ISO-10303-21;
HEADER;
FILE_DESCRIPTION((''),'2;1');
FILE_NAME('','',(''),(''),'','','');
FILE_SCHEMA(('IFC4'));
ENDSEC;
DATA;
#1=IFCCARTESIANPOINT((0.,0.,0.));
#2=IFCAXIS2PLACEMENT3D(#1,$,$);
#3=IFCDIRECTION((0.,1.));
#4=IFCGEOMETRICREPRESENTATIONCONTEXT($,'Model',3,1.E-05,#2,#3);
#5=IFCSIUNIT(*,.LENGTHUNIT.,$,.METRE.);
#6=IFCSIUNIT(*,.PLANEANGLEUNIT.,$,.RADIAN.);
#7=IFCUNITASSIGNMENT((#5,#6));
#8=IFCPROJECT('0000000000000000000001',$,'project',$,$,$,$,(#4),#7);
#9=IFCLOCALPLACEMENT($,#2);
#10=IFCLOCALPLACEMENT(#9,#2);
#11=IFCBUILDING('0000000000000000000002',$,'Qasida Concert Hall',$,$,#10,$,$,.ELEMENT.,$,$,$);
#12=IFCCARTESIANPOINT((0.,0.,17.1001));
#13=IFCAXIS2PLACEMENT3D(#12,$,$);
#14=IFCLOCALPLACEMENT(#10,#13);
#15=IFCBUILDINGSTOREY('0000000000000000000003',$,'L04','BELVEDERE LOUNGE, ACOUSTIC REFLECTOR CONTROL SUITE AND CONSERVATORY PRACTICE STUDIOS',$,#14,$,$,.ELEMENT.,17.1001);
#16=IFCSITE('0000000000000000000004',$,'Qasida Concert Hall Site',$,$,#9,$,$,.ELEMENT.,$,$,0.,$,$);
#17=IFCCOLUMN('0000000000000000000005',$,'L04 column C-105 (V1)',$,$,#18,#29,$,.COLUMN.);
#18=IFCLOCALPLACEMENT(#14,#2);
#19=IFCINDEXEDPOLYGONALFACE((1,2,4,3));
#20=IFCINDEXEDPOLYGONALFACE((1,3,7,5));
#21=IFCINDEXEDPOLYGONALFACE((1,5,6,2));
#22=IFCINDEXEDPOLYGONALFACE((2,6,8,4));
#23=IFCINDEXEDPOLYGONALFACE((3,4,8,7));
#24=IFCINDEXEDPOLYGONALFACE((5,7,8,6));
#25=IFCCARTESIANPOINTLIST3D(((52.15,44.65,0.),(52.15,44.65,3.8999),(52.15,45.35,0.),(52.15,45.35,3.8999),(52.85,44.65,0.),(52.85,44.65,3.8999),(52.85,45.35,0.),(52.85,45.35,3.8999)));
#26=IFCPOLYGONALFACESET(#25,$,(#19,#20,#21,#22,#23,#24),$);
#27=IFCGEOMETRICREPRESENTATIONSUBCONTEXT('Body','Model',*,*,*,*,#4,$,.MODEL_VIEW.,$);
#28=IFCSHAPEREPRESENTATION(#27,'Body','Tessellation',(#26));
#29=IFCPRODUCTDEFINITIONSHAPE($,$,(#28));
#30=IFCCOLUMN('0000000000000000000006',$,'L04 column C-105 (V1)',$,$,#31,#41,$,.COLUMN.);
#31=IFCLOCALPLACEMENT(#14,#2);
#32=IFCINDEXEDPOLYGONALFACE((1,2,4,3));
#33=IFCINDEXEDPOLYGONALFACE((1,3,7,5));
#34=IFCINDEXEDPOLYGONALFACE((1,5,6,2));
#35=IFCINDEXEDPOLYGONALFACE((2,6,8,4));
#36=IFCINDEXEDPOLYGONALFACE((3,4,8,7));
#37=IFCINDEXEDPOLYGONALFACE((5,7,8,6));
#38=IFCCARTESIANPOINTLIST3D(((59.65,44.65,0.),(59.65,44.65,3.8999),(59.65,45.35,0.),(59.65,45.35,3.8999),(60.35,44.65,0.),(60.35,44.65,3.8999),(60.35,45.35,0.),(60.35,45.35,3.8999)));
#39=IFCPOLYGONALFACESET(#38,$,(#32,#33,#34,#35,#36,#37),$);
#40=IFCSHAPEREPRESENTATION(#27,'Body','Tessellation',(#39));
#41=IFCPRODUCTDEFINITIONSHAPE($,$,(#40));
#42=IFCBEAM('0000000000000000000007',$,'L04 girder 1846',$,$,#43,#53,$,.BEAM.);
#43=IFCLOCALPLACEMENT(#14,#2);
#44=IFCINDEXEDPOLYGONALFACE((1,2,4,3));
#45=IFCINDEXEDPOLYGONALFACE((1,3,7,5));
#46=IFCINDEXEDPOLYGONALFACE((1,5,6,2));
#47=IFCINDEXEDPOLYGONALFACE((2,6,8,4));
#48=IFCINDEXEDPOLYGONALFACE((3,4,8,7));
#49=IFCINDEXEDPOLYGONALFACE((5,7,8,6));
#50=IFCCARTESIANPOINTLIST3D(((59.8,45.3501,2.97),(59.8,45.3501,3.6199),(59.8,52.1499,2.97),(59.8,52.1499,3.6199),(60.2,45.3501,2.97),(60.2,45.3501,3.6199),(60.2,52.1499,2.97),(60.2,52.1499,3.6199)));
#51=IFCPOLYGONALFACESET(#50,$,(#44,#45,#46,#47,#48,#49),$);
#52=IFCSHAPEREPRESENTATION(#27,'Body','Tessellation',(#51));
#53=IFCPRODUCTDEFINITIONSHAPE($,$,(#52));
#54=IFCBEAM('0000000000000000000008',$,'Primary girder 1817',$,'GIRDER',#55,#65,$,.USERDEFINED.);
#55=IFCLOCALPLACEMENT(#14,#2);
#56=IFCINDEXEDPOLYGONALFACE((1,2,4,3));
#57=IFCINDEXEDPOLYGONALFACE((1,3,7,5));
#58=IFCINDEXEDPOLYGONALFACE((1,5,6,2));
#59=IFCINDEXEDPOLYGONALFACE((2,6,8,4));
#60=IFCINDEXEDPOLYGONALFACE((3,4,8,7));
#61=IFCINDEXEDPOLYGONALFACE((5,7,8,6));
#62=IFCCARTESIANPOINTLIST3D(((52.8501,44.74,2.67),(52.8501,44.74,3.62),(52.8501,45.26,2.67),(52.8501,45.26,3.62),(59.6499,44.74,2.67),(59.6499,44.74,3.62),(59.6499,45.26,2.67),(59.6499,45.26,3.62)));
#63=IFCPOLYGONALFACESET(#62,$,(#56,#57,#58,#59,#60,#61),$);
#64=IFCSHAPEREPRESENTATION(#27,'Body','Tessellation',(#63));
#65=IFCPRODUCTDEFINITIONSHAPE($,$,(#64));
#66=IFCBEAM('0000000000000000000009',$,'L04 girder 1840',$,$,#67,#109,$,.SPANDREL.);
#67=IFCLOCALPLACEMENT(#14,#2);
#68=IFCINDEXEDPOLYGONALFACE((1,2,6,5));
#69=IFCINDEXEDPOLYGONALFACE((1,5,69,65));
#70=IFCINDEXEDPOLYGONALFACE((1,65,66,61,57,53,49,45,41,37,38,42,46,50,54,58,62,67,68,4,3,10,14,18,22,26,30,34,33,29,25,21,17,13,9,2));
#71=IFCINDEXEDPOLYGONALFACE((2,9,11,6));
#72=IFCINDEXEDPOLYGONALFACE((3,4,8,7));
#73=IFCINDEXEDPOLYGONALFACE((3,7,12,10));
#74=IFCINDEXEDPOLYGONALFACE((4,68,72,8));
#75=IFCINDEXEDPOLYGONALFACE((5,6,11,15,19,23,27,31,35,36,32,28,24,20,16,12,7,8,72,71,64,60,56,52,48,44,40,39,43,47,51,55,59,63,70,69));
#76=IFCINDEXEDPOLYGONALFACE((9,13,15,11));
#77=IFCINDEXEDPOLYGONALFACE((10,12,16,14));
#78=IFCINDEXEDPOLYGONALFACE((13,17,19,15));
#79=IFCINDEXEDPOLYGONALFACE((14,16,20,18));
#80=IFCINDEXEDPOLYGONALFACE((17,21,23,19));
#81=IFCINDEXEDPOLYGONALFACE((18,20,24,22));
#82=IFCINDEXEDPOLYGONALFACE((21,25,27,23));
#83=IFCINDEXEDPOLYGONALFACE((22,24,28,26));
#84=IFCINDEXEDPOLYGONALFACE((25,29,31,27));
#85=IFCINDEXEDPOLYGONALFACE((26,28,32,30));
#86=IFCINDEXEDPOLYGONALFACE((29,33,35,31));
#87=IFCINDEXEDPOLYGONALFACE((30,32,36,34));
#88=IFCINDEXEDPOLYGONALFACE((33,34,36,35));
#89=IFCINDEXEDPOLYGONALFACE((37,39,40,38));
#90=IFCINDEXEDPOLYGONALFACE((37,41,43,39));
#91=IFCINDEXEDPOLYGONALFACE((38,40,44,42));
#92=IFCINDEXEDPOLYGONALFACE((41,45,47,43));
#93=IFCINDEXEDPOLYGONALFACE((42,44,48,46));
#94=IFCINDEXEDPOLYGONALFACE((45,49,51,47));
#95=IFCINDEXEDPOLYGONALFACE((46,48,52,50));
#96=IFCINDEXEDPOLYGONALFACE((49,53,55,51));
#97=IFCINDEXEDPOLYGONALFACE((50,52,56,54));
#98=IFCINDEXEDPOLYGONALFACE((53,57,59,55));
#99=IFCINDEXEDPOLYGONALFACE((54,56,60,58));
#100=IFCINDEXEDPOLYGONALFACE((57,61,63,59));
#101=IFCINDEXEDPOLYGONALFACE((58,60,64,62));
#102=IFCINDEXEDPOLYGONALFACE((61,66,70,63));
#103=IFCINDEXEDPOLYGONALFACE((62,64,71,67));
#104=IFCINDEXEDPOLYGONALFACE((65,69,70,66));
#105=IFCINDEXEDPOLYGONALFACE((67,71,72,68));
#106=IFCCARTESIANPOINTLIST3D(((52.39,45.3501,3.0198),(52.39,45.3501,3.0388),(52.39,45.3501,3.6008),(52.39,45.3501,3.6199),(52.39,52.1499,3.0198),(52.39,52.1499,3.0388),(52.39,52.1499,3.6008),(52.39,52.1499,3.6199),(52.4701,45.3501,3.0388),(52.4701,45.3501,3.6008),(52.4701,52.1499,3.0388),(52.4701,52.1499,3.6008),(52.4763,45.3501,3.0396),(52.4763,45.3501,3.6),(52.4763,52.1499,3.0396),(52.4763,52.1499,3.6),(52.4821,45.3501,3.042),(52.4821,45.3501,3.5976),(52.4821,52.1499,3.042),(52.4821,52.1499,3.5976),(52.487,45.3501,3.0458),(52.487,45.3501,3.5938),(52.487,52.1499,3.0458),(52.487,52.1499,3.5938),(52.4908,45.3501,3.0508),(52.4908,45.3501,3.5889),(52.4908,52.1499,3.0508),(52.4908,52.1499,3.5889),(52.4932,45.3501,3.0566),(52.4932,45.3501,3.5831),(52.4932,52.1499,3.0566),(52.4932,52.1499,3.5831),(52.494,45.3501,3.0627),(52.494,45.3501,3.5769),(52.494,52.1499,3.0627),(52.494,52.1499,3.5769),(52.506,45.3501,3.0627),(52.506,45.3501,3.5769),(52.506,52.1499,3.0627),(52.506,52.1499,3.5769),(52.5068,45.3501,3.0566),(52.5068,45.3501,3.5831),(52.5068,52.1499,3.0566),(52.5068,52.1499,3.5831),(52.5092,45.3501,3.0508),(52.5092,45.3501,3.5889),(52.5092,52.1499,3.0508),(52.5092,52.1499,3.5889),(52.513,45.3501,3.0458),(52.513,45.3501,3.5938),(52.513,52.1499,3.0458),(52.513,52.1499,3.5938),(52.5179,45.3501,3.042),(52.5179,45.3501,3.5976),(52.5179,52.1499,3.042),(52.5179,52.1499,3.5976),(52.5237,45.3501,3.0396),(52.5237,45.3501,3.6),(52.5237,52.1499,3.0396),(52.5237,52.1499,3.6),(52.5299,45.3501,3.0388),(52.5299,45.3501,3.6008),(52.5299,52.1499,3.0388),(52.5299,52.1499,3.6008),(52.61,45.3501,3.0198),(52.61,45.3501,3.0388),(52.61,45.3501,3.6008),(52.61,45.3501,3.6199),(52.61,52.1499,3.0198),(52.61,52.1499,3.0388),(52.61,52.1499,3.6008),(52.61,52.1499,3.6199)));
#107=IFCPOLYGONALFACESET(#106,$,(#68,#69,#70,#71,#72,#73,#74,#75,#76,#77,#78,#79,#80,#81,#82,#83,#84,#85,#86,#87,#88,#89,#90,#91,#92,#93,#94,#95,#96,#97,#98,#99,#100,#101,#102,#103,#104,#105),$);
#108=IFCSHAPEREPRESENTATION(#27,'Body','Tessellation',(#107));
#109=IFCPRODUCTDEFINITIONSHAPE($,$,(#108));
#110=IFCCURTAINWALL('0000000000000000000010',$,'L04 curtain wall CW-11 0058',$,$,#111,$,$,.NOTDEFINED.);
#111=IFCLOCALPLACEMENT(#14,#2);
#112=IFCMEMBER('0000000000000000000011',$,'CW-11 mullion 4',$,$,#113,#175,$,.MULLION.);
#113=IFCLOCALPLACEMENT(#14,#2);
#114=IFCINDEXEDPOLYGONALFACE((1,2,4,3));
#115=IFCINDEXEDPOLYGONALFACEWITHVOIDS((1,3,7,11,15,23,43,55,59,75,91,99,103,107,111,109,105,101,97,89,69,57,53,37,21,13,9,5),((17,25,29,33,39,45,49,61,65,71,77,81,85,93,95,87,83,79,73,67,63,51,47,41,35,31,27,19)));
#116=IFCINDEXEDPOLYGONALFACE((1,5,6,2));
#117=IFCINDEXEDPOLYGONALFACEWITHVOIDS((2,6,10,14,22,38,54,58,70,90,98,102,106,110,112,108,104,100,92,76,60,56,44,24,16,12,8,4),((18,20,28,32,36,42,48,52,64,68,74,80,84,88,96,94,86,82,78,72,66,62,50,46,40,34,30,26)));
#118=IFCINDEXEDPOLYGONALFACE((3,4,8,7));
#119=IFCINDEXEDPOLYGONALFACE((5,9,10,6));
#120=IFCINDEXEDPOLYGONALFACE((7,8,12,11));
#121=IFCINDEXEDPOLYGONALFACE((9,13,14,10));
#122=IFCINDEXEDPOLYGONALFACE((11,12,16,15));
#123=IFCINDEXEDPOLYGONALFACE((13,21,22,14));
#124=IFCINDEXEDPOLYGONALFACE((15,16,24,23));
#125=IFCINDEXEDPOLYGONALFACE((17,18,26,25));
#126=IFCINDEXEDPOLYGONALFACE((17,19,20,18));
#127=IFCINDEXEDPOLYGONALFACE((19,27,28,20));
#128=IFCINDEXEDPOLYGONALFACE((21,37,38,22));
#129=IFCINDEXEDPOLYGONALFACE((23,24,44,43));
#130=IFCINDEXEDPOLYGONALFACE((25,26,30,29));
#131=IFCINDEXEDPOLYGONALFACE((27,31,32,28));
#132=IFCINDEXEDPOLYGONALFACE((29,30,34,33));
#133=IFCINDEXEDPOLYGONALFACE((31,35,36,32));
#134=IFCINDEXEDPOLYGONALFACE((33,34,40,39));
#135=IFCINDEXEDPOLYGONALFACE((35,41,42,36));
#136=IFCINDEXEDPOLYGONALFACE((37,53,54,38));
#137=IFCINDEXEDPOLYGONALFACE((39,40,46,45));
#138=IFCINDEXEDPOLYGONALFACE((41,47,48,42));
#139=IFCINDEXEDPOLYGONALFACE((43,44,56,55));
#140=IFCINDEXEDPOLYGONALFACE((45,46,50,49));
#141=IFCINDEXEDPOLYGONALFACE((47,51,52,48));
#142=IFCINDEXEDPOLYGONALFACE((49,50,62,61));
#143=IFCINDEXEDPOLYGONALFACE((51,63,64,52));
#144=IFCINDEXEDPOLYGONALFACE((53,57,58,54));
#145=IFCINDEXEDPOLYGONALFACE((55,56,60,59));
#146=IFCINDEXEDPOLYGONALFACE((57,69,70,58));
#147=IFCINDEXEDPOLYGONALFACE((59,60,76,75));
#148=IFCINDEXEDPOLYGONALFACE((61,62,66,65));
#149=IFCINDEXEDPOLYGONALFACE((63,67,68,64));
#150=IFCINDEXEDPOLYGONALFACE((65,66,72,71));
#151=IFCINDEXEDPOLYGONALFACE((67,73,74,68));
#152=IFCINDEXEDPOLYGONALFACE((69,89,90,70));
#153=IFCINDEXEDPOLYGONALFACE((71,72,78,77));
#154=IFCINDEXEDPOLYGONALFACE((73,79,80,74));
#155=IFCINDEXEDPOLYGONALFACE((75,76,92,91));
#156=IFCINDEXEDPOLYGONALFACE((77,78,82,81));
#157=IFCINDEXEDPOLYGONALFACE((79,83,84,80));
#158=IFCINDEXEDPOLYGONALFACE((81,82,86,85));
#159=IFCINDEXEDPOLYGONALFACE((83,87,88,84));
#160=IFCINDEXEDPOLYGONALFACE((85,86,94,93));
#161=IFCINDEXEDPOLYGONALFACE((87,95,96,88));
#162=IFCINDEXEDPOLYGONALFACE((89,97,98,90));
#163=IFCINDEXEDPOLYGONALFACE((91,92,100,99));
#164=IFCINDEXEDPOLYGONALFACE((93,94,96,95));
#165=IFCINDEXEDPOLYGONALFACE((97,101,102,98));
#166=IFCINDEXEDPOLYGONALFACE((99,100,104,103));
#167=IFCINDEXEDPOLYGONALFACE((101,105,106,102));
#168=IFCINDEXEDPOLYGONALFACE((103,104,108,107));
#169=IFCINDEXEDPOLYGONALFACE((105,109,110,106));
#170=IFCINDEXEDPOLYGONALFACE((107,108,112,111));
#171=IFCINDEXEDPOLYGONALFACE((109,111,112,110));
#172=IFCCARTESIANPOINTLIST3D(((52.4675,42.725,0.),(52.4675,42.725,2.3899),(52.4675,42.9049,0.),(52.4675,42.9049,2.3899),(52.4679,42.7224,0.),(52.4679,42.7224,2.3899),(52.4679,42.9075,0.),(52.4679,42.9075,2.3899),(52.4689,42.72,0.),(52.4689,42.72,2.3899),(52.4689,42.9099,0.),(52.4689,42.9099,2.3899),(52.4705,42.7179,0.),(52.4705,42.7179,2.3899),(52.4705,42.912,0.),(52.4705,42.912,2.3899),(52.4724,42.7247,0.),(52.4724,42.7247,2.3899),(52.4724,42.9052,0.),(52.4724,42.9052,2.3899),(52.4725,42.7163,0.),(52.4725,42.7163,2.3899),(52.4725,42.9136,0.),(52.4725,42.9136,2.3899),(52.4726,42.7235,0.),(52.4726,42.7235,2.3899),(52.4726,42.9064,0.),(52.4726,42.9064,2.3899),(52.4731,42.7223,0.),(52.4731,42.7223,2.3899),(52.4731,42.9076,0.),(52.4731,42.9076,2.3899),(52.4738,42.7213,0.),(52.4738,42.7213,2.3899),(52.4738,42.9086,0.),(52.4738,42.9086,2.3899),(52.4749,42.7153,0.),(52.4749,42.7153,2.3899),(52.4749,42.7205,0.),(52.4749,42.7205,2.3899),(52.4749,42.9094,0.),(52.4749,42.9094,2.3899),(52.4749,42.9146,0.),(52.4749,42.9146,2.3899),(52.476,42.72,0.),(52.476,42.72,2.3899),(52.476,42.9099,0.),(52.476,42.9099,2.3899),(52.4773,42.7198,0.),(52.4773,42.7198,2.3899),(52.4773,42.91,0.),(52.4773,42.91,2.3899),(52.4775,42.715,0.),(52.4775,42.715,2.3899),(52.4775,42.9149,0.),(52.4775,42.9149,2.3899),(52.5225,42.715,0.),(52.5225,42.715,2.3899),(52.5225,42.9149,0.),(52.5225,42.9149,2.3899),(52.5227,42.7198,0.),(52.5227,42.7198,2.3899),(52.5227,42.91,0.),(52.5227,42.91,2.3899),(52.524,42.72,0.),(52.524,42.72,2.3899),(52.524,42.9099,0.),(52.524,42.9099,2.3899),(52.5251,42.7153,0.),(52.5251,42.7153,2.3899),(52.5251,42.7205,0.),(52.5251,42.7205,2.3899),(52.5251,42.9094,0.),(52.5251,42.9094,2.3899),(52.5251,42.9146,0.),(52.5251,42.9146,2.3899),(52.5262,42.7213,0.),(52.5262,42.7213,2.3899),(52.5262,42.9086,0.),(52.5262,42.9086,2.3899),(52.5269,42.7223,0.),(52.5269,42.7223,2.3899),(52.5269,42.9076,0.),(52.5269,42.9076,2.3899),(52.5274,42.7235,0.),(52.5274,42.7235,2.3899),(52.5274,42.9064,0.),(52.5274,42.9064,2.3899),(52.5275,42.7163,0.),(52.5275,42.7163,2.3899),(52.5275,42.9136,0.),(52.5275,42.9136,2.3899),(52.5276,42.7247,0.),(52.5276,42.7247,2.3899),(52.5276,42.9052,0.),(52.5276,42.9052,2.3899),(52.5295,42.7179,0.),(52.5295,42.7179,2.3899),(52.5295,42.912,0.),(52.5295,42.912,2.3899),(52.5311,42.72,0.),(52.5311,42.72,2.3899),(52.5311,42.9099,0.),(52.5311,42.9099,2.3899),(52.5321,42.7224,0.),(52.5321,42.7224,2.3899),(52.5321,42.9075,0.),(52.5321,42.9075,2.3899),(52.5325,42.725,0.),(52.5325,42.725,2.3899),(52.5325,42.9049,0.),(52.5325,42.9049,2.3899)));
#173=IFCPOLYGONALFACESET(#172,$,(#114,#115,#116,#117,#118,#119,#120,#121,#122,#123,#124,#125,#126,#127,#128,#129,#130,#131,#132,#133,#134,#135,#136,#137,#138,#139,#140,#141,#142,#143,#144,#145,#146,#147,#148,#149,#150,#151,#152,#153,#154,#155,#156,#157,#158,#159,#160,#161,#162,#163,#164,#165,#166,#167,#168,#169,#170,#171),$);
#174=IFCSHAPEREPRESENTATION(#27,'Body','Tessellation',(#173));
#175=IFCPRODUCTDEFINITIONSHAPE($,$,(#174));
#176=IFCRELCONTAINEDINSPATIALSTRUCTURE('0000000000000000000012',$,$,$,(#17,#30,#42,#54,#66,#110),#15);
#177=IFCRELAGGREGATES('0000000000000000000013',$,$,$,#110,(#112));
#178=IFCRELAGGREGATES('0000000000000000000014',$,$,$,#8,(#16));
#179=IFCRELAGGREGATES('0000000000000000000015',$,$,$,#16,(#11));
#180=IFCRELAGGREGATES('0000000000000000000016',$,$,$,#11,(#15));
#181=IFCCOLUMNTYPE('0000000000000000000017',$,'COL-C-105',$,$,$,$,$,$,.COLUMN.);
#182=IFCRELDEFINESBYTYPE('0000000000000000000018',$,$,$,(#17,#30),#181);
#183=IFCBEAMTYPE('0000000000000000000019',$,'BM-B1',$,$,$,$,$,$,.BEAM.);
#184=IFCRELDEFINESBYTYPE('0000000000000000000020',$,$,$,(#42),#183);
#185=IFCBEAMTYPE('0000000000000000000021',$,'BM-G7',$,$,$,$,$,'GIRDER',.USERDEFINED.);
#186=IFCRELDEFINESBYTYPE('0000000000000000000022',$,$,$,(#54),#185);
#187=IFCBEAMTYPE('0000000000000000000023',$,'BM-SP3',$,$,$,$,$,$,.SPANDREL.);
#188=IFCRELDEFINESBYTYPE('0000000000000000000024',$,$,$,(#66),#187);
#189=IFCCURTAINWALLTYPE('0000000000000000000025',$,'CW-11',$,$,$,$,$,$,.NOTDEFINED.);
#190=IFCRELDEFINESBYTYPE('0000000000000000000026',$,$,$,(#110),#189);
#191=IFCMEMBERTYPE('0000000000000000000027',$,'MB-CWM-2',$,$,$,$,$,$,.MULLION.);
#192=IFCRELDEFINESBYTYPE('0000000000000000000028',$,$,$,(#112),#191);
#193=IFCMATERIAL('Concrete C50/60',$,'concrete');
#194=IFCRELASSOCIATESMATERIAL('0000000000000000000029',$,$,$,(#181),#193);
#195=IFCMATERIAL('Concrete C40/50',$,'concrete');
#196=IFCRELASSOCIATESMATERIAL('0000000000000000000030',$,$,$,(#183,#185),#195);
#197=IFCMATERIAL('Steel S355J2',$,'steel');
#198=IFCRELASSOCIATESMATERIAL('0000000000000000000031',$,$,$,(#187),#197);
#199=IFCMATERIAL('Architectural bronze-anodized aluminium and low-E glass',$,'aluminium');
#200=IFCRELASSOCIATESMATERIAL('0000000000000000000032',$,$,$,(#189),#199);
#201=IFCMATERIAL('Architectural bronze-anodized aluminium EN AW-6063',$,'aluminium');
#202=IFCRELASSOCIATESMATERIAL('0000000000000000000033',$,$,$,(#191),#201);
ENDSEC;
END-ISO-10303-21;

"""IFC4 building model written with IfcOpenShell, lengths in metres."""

from ifc_helpers import new_model, si_unit, direction, frame, origin, origin_2d, place, context, subcontext, project, spatial, rectangle, hollow_rectangle, i_section, extrude, material, material_profile, profile_set, type_object, element, aggregate, save


model = new_model("IFC4")

# Units and contexts
model_context = context("Model", 3, precision=1e-05, world=origin(), true_north=direction((0.0, 1.0)))
body_context = subcontext(model_context, "Body", "Model", "MODEL_VIEW")
ifc_project = project(units=[si_unit("LENGTHUNIT", "METRE"), si_unit("PLANEANGLEUNIT", "RADIAN")], contexts=[model_context])

# Site, building, storey
site_placement = place(None, origin())
site = spatial("IfcSite", under=ifc_project, at=site_placement, Name="Qasida Concert Hall Site", CompositionType="ELEMENT", RefElevation=0.0)
building_placement = place(site_placement, origin())
building = spatial("IfcBuilding", under=site, at=building_placement, Name="Qasida Concert Hall", CompositionType="ELEMENT")
storey_placement = place(building_placement, frame((0.0, 0.0, 17.1001)))
storey = spatial("IfcBuildingStorey", under=building, at=storey_placement, Name="L04", Description="BELVEDERE LOUNGE, ACOUSTIC REFLECTOR CONTROL SUITE AND CONSERVATORY PRACTICE STUDIOS", CompositionType="ELEMENT", Elevation=17.1001)

# Columns
ifc_material_1 = material(Name="Concrete C50/60", Category="concrete")
ifc_material_profile_1 = material_profile(ifc_material_1, rectangle(XDim=0.7, YDim=0.7, at=origin_2d()), Name="RC 700x700")
ifc_profile_set_1 = profile_set([ifc_material_profile_1], Name="Concrete C50/60")
column_type = type_object("IfcColumnType", Name="COL-C-105", PredefinedType="COLUMN", material=ifc_profile_set_1)
for number, where, z_axis, x_axis, name in (
    (1, (52.5, 45.0, 0.0), (0.0, 0.0, 1.0), (1.0, 0.0, 0.0), "L04 column C-105 (V1)"),
    (2, (60.0, 45.0, 0.0), (0.0, 0.0, 1.0), (1.0, 0.0, 0.0), "L04 column C-105 (V1)"),
):
    element("IfcColumn", number, at=place(storey_placement, frame(where, z_axis=z_axis, x_axis=x_axis)), inside=storey, type_object=column_type, Name=name, PredefinedType="COLUMN", context=body_context, shape_type="SweptSolid", body=[
        extrude(rectangle(XDim=0.7, YDim=0.7, at=origin_2d()), origin(), (0.0, 0.0, 1.0), 3.8999),
    ])

# Beams
ifc_material_2 = material(Name="Concrete C40/50", Category="concrete")
ifc_material_profile_2 = material_profile(ifc_material_2, rectangle(XDim=0.3999, YDim=0.6499, at=origin_2d()), Name="RC 400x650")
ifc_profile_set_2 = profile_set([ifc_material_profile_2], Name="Concrete C40/50")
beam_type_1 = type_object("IfcBeamType", Name="BM-B1", PredefinedType="BEAM", material=ifc_profile_set_2)
beam_1_placement = place(storey_placement, frame((60.0, 45.3501, 3.2949), z_axis=(0.0, 1.0, 0.0), x_axis=(-1.0, 0.0, 0.0)))
element("IfcBeam", 3, at=beam_1_placement, inside=storey, type_object=beam_type_1, Name="L04 girder 1846", PredefinedType="BEAM", context=body_context, shape_type="SweptSolid", body=[
    extrude(rectangle(XDim=0.3999, YDim=0.6499, at=origin_2d()), origin(), (0.0, 0.0, 1.0), 6.7998),
])
ifc_material_profile_3 = material_profile(ifc_material_2, rectangle(XDim=0.52, YDim=0.95, at=origin_2d()), Name="RC 520x950")
ifc_profile_set_3 = profile_set([ifc_material_profile_3], Name="Concrete C40/50")
beam_type_2 = type_object("IfcBeamType", Name="BM-G7", ElementType="GIRDER", PredefinedType="USERDEFINED", material=ifc_profile_set_3)
beam_2_placement = place(storey_placement, frame((52.8501, 45.0, 3.145), z_axis=(1.0, 0.0, 0.0), x_axis=(0.0, 1.0, 0.0)))
element("IfcBeam", 4, at=beam_2_placement, inside=storey, type_object=beam_type_2, Name="Primary girder 1817", ObjectType="GIRDER", PredefinedType="USERDEFINED", context=body_context, shape_type="SweptSolid", body=[
    extrude(rectangle(XDim=0.52, YDim=0.95, at=origin_2d()), origin(), (0.0, 0.0, 1.0), 6.7998),
])
ifc_material_3 = material(Name="Steel S355J2", Category="steel")
ifc_material_profile_4 = material_profile(ifc_material_3, i_section(OverallWidth=0.22, OverallDepth=0.6001, WebThickness=0.012, FlangeThickness=0.019, FilletRadius=0.0239, at=origin_2d()), Name="IPE 600")
ifc_profile_set_4 = profile_set([ifc_material_profile_4], Name="Steel S355J2")
beam_type_3 = type_object("IfcBeamType", Name="BM-SP3", PredefinedType="SPANDREL", material=ifc_profile_set_4)
beam_3_placement = place(storey_placement, frame((52.5, 45.3501, 3.3198), z_axis=(0.0, 1.0, 0.0), x_axis=(-1.0, 0.0, 0.0)))
element("IfcBeam", 5, at=beam_3_placement, inside=storey, type_object=beam_type_3, Name="L04 girder 1840", PredefinedType="SPANDREL", context=body_context, shape_type="SweptSolid", body=[
    extrude(i_section(OverallWidth=0.22, OverallDepth=0.6001, WebThickness=0.012, FlangeThickness=0.019, FilletRadius=0.0239, at=origin_2d()), origin(), (0.0, 0.0, 1.0), 6.7998),
])

# Curtain wall, member
ifc_material_4 = material(Name="Architectural bronze-anodized aluminium and low-E glass", Category="aluminium")
curtain_wall_type = type_object("IfcCurtainWallType", Name="CW-11", PredefinedType="NOTDEFINED", material=ifc_material_4)
curtain_wall_placement = place(storey_placement, origin())
curtain_wall = element("IfcCurtainWall", 6, at=curtain_wall_placement, inside=storey, type_object=curtain_wall_type, Name="L04 curtain wall CW-11 0058", PredefinedType="NOTDEFINED")
ifc_material_5 = material(Name="Architectural bronze-anodized aluminium EN AW-6063", Category="aluminium")
ifc_material_profile_5 = material_profile(ifc_material_5, hollow_rectangle(XDim=0.0649, YDim=0.2, WallThickness=0.0049, InnerFilletRadius=0.0049, OuterFilletRadius=0.01, at=origin_2d()), Name="CWM 200x65x5")
ifc_profile_set_5 = profile_set([ifc_material_profile_5], Name="Architectural bronze-anodized aluminium EN AW-6063")
member_type_1 = type_object("IfcMemberType", Name="MB-CWM-2", PredefinedType="MULLION", material=ifc_profile_set_5)
member_1_placement = place(storey_placement, frame((52.5, 42.8149, 0.0), z_axis=(0.0, 0.0, 1.0), x_axis=(-1.0, 0.0, 0.0)))
member_1 = element("IfcMember", 7, at=member_1_placement, type_object=member_type_1, Name="CW-11 mullion 4", PredefinedType="MULLION", context=body_context, shape_type="SweptSolid", body=[
    extrude(hollow_rectangle(XDim=0.0649, YDim=0.2, WallThickness=0.0049, InnerFilletRadius=0.0049, OuterFilletRadius=0.01, at=origin_2d()), origin(), (0.0, 0.0, 1.0), 2.3899),
])
aggregate(curtain_wall, [member_1])

save(model, "model.ifc")
